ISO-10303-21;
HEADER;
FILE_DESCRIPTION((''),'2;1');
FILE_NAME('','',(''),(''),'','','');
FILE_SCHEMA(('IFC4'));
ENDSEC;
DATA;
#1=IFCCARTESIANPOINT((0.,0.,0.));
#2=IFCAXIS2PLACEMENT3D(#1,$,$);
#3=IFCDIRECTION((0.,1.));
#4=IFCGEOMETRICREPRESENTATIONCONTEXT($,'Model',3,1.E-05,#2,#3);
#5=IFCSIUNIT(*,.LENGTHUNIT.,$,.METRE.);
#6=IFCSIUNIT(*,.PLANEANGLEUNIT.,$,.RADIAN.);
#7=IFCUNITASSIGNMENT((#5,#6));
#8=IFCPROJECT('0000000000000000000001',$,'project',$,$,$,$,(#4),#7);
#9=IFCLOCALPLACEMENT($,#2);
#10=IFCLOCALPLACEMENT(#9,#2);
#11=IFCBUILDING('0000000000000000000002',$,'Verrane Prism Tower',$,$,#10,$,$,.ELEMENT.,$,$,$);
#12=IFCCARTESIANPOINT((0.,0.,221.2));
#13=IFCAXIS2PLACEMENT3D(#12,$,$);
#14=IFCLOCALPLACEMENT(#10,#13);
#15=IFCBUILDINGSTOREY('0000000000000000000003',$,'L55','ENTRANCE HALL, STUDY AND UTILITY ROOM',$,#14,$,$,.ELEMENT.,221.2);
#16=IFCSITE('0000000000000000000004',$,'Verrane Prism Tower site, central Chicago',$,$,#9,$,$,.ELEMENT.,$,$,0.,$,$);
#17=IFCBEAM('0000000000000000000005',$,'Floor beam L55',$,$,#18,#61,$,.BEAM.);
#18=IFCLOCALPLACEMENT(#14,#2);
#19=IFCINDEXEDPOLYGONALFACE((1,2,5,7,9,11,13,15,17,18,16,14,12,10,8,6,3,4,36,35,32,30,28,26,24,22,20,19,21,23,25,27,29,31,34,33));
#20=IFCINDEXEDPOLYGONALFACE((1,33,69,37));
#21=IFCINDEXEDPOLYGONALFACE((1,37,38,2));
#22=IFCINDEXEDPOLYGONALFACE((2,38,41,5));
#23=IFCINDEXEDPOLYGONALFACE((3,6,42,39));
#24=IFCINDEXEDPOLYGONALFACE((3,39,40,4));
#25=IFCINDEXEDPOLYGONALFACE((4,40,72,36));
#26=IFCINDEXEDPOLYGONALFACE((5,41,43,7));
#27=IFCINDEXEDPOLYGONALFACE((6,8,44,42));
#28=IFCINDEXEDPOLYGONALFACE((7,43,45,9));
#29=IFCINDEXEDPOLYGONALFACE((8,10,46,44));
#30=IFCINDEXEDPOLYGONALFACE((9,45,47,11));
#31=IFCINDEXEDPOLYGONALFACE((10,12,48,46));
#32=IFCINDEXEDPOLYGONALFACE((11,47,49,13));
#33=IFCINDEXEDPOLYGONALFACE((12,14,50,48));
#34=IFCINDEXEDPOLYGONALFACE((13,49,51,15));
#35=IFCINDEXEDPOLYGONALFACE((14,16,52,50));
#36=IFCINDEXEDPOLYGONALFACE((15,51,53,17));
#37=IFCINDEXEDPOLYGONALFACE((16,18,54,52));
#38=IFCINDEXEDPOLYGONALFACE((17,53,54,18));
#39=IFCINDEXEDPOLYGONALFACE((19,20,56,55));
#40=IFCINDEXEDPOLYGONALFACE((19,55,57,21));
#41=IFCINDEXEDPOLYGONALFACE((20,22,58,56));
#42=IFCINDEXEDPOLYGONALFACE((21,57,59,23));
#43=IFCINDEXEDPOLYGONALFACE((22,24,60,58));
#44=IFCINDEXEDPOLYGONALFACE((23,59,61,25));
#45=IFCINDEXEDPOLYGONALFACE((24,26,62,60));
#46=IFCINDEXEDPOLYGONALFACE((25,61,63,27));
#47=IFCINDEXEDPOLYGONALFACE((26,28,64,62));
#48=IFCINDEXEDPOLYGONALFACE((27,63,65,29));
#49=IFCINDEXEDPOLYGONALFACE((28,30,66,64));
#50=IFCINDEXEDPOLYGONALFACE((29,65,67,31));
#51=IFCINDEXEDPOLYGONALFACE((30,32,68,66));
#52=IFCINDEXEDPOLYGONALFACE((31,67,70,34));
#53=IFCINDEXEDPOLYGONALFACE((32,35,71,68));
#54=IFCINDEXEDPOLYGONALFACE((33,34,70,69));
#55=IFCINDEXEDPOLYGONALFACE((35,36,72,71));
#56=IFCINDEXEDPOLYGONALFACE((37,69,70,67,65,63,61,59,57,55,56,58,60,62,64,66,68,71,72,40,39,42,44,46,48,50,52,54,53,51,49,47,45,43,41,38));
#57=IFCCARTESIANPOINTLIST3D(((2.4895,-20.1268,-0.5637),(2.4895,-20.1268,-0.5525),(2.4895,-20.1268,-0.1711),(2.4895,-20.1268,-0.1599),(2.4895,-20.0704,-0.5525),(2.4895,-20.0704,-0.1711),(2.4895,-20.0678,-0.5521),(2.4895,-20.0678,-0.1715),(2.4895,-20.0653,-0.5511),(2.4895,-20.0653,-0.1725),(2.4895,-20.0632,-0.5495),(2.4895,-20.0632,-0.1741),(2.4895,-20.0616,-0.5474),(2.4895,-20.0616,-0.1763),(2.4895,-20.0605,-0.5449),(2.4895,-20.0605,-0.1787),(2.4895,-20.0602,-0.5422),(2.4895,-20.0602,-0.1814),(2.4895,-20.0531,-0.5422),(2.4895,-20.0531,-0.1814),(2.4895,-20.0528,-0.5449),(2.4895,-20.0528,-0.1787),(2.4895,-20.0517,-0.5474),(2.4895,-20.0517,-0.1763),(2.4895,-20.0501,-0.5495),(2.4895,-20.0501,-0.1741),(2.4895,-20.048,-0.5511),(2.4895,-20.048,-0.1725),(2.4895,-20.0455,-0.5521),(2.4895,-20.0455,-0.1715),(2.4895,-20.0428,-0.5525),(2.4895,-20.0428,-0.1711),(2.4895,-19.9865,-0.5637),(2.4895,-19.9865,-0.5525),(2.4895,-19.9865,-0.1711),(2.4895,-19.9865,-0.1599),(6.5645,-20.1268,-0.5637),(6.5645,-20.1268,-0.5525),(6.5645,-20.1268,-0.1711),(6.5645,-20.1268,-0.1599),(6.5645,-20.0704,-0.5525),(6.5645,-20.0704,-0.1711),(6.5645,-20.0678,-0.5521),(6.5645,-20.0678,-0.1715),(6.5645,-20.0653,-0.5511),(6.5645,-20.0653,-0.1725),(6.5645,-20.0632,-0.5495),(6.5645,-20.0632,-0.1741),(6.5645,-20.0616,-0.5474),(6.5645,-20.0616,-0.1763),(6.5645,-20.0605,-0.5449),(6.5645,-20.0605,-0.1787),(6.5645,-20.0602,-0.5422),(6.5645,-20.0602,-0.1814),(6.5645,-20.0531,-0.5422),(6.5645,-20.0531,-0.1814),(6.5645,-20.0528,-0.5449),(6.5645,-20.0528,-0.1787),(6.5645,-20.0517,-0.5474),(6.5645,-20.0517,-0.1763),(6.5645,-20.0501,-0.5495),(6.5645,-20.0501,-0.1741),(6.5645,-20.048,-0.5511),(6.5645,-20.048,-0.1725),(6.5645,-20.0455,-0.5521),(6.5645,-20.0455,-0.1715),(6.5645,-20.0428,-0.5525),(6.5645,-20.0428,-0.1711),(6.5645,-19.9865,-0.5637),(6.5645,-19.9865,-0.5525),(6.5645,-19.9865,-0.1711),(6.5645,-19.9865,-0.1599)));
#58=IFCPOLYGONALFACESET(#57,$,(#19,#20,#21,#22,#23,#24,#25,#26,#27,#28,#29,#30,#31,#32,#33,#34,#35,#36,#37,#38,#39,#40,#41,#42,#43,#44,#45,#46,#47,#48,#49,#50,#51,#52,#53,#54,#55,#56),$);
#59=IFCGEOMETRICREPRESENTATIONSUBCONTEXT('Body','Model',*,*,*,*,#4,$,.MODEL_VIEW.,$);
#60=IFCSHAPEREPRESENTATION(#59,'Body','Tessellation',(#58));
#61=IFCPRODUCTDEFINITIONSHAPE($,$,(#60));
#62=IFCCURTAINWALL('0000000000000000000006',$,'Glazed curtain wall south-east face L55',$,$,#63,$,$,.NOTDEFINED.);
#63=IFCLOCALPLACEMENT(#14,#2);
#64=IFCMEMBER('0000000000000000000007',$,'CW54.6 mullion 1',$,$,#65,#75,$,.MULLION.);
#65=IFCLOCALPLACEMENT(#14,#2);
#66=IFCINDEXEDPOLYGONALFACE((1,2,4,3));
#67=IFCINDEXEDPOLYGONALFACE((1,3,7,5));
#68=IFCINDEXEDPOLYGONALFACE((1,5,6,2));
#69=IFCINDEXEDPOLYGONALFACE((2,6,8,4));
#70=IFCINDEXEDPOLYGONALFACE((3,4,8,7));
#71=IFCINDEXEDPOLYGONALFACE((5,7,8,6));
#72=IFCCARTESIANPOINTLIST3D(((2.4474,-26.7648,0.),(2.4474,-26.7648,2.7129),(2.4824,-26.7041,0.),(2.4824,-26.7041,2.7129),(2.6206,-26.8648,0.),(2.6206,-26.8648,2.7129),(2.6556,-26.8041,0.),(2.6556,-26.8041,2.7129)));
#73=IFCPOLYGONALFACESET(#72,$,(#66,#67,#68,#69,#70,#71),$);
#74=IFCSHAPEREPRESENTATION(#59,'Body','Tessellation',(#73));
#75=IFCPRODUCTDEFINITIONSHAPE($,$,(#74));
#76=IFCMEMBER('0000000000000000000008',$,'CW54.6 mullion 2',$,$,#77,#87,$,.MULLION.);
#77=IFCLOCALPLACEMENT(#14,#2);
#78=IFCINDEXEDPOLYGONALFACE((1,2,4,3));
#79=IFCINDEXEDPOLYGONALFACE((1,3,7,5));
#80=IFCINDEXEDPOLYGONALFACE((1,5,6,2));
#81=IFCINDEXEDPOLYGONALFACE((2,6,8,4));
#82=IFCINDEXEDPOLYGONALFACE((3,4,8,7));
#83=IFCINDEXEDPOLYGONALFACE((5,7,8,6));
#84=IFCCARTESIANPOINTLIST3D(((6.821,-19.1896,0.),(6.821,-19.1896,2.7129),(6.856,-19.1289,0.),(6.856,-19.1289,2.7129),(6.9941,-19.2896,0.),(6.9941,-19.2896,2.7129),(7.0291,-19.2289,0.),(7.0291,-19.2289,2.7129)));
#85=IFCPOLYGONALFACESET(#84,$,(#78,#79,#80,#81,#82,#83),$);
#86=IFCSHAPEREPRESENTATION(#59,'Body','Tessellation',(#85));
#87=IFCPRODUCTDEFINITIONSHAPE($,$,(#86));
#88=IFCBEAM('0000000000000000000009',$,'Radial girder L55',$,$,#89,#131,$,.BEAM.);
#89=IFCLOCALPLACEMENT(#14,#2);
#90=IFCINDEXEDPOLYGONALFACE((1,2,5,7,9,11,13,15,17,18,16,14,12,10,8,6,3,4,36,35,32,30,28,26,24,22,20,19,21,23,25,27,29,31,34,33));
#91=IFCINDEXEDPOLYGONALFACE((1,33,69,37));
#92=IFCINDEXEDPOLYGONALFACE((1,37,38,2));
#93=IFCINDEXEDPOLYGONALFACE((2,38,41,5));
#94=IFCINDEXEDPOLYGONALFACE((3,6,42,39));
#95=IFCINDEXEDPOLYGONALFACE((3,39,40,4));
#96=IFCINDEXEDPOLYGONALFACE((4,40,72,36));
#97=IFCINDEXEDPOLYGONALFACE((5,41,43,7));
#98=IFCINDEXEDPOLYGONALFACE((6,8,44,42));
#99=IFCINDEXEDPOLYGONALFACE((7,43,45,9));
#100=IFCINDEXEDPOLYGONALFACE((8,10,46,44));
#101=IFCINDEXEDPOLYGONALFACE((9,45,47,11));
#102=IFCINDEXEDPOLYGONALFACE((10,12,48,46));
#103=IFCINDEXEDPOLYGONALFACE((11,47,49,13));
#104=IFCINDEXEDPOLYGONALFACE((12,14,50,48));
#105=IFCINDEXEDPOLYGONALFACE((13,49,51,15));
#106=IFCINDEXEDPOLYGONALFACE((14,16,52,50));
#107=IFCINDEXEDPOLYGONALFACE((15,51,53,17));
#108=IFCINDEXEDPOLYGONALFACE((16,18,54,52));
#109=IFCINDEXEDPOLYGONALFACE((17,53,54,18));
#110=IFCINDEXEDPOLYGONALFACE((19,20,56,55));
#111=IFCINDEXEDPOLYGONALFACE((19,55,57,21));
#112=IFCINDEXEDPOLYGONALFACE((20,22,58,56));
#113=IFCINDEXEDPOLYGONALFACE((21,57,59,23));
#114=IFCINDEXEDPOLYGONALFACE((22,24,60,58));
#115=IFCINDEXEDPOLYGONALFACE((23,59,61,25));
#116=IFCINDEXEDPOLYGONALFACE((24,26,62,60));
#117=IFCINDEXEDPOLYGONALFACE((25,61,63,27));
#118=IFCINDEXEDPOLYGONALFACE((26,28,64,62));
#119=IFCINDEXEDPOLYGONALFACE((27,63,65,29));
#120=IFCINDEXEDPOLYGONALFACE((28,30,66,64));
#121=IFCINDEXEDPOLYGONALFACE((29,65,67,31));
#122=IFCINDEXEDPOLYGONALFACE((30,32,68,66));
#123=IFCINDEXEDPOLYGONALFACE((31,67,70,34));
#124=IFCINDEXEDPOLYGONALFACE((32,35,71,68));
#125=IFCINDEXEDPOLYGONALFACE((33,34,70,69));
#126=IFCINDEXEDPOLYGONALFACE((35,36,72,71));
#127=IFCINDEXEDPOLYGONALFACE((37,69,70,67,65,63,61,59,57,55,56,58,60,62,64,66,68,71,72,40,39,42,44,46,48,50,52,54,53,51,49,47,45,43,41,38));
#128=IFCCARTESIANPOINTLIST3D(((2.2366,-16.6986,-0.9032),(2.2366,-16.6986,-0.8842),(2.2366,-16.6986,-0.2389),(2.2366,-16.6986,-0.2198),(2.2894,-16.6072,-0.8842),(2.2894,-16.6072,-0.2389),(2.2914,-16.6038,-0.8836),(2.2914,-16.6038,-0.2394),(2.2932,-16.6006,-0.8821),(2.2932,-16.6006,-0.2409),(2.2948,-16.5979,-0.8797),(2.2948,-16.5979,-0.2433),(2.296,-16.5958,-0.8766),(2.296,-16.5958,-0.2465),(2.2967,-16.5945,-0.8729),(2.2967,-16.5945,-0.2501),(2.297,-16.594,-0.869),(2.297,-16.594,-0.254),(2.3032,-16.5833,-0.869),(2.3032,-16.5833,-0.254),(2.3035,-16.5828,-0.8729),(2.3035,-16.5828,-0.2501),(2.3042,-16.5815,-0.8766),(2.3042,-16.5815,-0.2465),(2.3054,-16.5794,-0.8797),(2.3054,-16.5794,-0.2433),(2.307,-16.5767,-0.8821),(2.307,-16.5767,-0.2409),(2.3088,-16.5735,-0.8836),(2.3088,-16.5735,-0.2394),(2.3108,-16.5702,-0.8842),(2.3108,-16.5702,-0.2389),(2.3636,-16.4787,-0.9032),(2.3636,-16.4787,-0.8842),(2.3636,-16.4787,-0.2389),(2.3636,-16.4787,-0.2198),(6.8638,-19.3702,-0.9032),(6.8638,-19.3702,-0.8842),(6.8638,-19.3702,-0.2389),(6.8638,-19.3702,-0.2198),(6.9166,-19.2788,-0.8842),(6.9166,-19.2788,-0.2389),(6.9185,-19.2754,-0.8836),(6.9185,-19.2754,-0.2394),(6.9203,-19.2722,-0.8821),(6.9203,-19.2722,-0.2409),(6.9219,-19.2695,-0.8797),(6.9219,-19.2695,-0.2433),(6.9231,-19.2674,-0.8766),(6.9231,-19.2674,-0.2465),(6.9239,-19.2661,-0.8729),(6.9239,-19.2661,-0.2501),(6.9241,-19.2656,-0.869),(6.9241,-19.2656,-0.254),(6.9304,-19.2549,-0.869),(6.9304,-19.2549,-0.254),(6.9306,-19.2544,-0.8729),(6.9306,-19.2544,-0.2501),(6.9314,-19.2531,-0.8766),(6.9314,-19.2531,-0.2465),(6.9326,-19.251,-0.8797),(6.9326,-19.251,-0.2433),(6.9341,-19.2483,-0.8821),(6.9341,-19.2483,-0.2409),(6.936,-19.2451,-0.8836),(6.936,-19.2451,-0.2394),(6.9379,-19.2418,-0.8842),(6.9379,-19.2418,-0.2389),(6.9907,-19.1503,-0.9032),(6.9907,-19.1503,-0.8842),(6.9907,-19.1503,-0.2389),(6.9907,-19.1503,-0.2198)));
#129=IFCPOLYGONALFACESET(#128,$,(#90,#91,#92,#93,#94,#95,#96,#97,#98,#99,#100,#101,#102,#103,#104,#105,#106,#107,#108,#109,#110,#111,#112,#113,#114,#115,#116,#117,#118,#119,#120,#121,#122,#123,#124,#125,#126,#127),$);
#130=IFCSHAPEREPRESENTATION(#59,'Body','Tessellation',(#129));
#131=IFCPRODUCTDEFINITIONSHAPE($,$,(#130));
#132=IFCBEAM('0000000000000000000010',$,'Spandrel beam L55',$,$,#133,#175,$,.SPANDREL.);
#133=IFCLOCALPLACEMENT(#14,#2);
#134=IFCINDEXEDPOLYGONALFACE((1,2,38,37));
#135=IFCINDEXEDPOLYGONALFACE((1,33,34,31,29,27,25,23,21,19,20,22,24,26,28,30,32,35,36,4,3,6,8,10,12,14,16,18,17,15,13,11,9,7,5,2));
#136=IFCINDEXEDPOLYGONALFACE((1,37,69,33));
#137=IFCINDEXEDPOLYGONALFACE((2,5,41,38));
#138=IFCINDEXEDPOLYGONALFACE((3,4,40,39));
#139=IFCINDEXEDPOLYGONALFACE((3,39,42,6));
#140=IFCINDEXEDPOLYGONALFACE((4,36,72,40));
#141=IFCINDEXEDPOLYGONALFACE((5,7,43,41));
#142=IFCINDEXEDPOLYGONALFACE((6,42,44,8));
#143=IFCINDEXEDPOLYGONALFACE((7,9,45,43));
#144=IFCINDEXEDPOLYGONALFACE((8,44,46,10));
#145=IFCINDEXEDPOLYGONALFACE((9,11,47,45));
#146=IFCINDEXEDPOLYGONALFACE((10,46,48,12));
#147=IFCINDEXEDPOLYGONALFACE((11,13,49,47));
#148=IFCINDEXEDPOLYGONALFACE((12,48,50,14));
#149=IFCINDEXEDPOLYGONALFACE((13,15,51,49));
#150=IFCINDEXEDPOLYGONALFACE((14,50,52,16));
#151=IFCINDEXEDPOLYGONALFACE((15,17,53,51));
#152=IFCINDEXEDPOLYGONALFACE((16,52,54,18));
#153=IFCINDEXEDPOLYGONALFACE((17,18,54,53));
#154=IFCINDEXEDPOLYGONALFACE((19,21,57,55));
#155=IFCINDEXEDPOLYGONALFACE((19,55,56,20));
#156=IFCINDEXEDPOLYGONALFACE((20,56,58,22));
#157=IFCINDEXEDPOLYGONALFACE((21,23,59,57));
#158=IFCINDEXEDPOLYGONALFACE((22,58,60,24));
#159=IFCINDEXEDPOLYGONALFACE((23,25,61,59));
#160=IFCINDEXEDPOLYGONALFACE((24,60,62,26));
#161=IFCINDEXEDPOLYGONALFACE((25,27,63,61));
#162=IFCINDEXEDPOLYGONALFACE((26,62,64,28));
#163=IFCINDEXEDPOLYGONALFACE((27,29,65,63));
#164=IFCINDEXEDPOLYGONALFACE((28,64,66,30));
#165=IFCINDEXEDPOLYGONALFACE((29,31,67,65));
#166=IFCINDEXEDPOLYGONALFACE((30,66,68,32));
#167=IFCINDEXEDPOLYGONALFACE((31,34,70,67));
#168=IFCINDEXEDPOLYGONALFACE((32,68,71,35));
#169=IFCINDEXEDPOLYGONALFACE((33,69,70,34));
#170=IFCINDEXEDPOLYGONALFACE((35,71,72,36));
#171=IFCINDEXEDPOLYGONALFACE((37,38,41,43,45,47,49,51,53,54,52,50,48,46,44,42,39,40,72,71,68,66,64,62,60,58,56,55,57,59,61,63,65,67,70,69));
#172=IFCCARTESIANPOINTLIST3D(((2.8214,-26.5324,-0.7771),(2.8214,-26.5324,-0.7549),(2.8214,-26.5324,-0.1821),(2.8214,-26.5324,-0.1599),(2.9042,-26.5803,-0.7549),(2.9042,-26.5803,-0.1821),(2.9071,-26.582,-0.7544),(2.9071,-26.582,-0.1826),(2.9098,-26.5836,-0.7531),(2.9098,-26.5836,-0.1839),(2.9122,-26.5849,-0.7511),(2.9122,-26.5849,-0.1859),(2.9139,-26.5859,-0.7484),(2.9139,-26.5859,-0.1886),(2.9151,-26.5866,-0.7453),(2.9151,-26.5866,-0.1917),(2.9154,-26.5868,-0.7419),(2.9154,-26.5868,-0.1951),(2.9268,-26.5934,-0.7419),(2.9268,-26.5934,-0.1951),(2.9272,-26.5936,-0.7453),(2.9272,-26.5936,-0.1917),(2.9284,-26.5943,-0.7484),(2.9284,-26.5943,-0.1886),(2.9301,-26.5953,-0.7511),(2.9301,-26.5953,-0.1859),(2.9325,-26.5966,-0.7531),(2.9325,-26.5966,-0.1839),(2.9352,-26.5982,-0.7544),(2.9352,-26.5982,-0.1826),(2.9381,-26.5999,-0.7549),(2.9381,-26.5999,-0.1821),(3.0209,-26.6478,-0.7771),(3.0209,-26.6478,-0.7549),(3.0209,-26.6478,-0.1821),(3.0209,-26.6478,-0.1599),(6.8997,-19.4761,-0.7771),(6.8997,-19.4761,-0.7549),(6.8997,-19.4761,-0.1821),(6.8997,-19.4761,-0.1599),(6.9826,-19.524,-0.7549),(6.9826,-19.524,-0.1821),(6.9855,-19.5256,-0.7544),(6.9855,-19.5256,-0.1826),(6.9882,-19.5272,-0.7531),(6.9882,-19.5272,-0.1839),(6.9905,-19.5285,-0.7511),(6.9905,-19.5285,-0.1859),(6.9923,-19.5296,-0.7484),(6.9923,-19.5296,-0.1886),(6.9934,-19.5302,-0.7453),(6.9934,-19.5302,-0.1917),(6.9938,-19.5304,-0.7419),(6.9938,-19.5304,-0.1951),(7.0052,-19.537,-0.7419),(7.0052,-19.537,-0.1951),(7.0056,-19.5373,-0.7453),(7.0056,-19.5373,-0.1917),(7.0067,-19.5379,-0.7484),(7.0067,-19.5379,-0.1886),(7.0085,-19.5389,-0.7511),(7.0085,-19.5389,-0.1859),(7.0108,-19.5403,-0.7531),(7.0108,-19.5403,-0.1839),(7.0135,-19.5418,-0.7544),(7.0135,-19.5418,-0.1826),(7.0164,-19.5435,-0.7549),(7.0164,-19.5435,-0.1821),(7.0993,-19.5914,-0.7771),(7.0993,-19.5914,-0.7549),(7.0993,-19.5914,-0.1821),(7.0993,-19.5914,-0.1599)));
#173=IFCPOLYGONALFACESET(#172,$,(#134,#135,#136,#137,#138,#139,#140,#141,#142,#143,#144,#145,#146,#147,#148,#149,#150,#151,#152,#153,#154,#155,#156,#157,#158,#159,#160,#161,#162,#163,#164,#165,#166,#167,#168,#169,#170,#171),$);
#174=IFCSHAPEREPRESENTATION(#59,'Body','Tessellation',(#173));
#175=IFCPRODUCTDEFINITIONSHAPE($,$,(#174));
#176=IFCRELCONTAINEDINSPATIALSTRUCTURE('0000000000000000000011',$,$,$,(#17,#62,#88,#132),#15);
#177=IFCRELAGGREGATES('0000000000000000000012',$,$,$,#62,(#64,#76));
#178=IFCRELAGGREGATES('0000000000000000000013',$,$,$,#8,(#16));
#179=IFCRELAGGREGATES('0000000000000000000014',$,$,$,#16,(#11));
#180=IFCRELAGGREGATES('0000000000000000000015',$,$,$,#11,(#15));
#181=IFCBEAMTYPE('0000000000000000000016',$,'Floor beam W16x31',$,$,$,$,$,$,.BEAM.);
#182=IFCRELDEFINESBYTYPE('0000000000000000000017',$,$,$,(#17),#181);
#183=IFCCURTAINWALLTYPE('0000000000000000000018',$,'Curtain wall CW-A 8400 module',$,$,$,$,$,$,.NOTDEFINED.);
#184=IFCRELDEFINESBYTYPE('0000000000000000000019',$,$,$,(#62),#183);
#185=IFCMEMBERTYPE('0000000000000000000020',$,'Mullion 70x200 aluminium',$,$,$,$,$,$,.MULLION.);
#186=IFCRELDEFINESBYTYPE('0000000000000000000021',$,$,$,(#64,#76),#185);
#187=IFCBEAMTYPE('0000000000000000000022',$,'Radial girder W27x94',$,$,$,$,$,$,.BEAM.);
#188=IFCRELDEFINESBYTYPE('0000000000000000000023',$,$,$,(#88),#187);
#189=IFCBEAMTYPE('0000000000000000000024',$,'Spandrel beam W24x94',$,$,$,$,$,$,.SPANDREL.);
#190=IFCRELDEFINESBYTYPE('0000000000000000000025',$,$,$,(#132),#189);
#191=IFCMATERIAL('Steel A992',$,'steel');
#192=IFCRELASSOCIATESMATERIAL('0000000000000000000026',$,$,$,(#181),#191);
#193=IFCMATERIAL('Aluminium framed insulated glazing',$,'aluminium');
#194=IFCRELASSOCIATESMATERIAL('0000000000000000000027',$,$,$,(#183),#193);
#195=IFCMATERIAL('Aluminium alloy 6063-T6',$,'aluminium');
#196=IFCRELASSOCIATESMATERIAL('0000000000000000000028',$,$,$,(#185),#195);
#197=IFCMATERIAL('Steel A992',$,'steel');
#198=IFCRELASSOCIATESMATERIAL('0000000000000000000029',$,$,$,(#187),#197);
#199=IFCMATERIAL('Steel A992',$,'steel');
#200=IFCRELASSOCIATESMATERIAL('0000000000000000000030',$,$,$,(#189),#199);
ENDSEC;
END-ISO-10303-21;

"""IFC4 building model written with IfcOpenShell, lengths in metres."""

from ifc_helpers import new_model, si_unit, direction, frame, origin, origin_2d, place, context, subcontext, project, spatial, rectangle, i_section, extrude, material, material_profile, profile_set, type_object, element, aggregate, save


model = new_model("IFC4")

# Units and contexts
model_context = context("Model", 3, precision=1e-05, world=origin(), true_north=direction((0.0, 1.0)))
body_context = subcontext(model_context, "Body", "Model", "MODEL_VIEW")
ifc_project = project(units=[si_unit("LENGTHUNIT", "METRE"), si_unit("PLANEANGLEUNIT", "RADIAN")], contexts=[model_context])

# Site, building, storey
site_placement = place(None, origin())
site = spatial("IfcSite", under=ifc_project, at=site_placement, Name="Verrane Prism Tower site, central Chicago", CompositionType="ELEMENT", RefElevation=0.0)
building_placement = place(site_placement, origin())
building = spatial("IfcBuilding", under=site, at=building_placement, Name="Verrane Prism Tower", CompositionType="ELEMENT")
storey_placement = place(building_placement, frame((0.0, 0.0, 221.2)))
storey = spatial("IfcBuildingStorey", under=building, at=storey_placement, Name="L55", Description="ENTRANCE HALL, STUDY AND UTILITY ROOM", CompositionType="ELEMENT", Elevation=221.2)

# Beam
ifc_material_1 = material(Name="Steel A992", Category="steel")
ifc_material_profile_1 = material_profile(ifc_material_1, i_section(OverallWidth=0.1404, OverallDepth=0.4038, WebThickness=0.0071, FlangeThickness=0.0112, FilletRadius=0.0103, at=origin_2d()), Name="W16x31")
ifc_profile_set_1 = profile_set([ifc_material_profile_1], Name="Steel A992")
beam_type_1 = type_object("IfcBeamType", Name="Floor beam W16x31", PredefinedType="BEAM", material=ifc_profile_set_1)
beam_1_placement = place(storey_placement, frame((2.4895, -20.0566, -0.3618), z_axis=(1.0, 0.0, 0.0), x_axis=(0.0, 1.0, 0.0)))
element("IfcBeam", 1, at=beam_1_placement, inside=storey, type_object=beam_type_1, Name="Floor beam L55", PredefinedType="BEAM", context=body_context, shape_type="SweptSolid", body=[
    extrude(i_section(OverallWidth=0.1404, OverallDepth=0.4038, WebThickness=0.0071, FlangeThickness=0.0112, FilletRadius=0.0103, at=origin_2d()), origin(), (0.0, 0.0, 1.0), 4.075),
])

# Curtain wall, members
ifc_material_2 = material(Name="Aluminium framed insulated glazing", Category="aluminium")
curtain_wall_type = type_object("IfcCurtainWallType", Name="Curtain wall CW-A 8400 module", PredefinedType="NOTDEFINED", material=ifc_material_2)
curtain_wall_1_placement = place(storey_placement, origin())
curtain_wall_1 = element("IfcCurtainWall", 2, at=curtain_wall_1_placement, inside=storey, type_object=curtain_wall_type, Name="Glazed curtain wall south-east face L55", PredefinedType="NOTDEFINED")
ifc_material_3 = material(Name="Aluminium alloy 6063-T6", Category="aluminium")
ifc_material_profile_2 = material_profile(ifc_material_3, rectangle(XDim=0.2, YDim=0.0701, at=origin_2d()), Name="Mullion 70x200 aluminium")
ifc_profile_set_2 = profile_set([ifc_material_profile_2], Name="Aluminium alloy 6063-T6")
member_type_1 = type_object("IfcMemberType", Name="Mullion 70x200 aluminium", PredefinedType="MULLION", material=ifc_profile_set_2)
member_1_placement = place(storey_placement, frame((2.5515, -26.7844, 0.0), z_axis=(0.0, 0.0, 1.0), x_axis=(-0.866025, 0.500001, 0.0)))
member_1 = element("IfcMember", 3, at=member_1_placement, type_object=member_type_1, Name="CW54.6 mullion 1", PredefinedType="MULLION", context=body_context, shape_type="SweptSolid", body=[
    extrude(rectangle(XDim=0.2, YDim=0.0701, at=origin_2d()), origin(), (0.0, 0.0, 1.0), 2.7129),
])
member_2_placement = place(storey_placement, frame((6.925, -19.2092, 0.0), z_axis=(0.0, 0.0, 1.0), x_axis=(-0.866025, 0.500001, 0.0)))
member_2 = element("IfcMember", 4, at=member_2_placement, type_object=member_type_1, Name="CW54.6 mullion 2", PredefinedType="MULLION", context=body_context, shape_type="SweptSolid", body=[
    extrude(rectangle(XDim=0.2, YDim=0.0701, at=origin_2d()), origin(), (0.0, 0.0, 1.0), 2.7129),
])

# Beams
ifc_material_4 = material(Name="Steel A992", Category="steel")
ifc_material_profile_3 = material_profile(ifc_material_4, i_section(OverallWidth=0.2539, OverallDepth=0.6833, WebThickness=0.0125, FlangeThickness=0.019, FilletRadius=0.0151, at=origin_2d()), Name="W27x94")
ifc_profile_set_3 = profile_set([ifc_material_profile_3], Name="Steel A992")
beam_type_2 = type_object("IfcBeamType", Name="Radial girder W27x94", PredefinedType="BEAM", material=ifc_profile_set_3)
beam_2_placement = place(storey_placement, frame((6.9272, -19.2603, -0.5615), z_axis=(-0.866016, 0.500016, 0.0), x_axis=(-0.500016, -0.866016, 0.0)))
element("IfcBeam", 5, at=beam_2_placement, inside=storey, type_object=beam_type_2, Name="Radial girder L55", PredefinedType="BEAM", context=body_context, shape_type="SweptSolid", body=[
    extrude(i_section(OverallWidth=0.2539, OverallDepth=0.6833, WebThickness=0.0125, FlangeThickness=0.019, FilletRadius=0.0151, at=origin_2d()), origin(), (0.0, 0.0, 1.0), 5.343),
])
ifc_material_5 = material(Name="Steel A992", Category="steel")
ifc_material_profile_4 = material_profile(ifc_material_5, i_section(OverallWidth=0.2305, OverallDepth=0.6172, WebThickness=0.0132, FlangeThickness=0.0222, FilletRadius=0.0129, at=origin_2d()), Name="W24x94")
ifc_profile_set_4 = profile_set([ifc_material_profile_4], Name="Steel A992")
beam_type_3 = type_object("IfcBeamType", Name="Spandrel beam W24x94", PredefinedType="SPANDREL", material=ifc_profile_set_4)
beam_3_placement = place(storey_placement, frame((2.9211, -26.5901, -0.4685), z_axis=(0.500401, 0.865794, 0.0), x_axis=(-0.865794, 0.500401, 0.0)))
element("IfcBeam", 6, at=beam_3_placement, inside=storey, type_object=beam_type_3, Name="Spandrel beam L55", PredefinedType="SPANDREL", context=body_context, shape_type="SweptSolid", body=[
    extrude(i_section(OverallWidth=0.2305, OverallDepth=0.6172, WebThickness=0.0132, FlangeThickness=0.0222, FilletRadius=0.0129, at=origin_2d()), origin(), (0.0, 0.0, 1.0), 8.1501),
])

aggregate(curtain_wall_1, [member_1, member_2])

save(model, "model.ifc")
